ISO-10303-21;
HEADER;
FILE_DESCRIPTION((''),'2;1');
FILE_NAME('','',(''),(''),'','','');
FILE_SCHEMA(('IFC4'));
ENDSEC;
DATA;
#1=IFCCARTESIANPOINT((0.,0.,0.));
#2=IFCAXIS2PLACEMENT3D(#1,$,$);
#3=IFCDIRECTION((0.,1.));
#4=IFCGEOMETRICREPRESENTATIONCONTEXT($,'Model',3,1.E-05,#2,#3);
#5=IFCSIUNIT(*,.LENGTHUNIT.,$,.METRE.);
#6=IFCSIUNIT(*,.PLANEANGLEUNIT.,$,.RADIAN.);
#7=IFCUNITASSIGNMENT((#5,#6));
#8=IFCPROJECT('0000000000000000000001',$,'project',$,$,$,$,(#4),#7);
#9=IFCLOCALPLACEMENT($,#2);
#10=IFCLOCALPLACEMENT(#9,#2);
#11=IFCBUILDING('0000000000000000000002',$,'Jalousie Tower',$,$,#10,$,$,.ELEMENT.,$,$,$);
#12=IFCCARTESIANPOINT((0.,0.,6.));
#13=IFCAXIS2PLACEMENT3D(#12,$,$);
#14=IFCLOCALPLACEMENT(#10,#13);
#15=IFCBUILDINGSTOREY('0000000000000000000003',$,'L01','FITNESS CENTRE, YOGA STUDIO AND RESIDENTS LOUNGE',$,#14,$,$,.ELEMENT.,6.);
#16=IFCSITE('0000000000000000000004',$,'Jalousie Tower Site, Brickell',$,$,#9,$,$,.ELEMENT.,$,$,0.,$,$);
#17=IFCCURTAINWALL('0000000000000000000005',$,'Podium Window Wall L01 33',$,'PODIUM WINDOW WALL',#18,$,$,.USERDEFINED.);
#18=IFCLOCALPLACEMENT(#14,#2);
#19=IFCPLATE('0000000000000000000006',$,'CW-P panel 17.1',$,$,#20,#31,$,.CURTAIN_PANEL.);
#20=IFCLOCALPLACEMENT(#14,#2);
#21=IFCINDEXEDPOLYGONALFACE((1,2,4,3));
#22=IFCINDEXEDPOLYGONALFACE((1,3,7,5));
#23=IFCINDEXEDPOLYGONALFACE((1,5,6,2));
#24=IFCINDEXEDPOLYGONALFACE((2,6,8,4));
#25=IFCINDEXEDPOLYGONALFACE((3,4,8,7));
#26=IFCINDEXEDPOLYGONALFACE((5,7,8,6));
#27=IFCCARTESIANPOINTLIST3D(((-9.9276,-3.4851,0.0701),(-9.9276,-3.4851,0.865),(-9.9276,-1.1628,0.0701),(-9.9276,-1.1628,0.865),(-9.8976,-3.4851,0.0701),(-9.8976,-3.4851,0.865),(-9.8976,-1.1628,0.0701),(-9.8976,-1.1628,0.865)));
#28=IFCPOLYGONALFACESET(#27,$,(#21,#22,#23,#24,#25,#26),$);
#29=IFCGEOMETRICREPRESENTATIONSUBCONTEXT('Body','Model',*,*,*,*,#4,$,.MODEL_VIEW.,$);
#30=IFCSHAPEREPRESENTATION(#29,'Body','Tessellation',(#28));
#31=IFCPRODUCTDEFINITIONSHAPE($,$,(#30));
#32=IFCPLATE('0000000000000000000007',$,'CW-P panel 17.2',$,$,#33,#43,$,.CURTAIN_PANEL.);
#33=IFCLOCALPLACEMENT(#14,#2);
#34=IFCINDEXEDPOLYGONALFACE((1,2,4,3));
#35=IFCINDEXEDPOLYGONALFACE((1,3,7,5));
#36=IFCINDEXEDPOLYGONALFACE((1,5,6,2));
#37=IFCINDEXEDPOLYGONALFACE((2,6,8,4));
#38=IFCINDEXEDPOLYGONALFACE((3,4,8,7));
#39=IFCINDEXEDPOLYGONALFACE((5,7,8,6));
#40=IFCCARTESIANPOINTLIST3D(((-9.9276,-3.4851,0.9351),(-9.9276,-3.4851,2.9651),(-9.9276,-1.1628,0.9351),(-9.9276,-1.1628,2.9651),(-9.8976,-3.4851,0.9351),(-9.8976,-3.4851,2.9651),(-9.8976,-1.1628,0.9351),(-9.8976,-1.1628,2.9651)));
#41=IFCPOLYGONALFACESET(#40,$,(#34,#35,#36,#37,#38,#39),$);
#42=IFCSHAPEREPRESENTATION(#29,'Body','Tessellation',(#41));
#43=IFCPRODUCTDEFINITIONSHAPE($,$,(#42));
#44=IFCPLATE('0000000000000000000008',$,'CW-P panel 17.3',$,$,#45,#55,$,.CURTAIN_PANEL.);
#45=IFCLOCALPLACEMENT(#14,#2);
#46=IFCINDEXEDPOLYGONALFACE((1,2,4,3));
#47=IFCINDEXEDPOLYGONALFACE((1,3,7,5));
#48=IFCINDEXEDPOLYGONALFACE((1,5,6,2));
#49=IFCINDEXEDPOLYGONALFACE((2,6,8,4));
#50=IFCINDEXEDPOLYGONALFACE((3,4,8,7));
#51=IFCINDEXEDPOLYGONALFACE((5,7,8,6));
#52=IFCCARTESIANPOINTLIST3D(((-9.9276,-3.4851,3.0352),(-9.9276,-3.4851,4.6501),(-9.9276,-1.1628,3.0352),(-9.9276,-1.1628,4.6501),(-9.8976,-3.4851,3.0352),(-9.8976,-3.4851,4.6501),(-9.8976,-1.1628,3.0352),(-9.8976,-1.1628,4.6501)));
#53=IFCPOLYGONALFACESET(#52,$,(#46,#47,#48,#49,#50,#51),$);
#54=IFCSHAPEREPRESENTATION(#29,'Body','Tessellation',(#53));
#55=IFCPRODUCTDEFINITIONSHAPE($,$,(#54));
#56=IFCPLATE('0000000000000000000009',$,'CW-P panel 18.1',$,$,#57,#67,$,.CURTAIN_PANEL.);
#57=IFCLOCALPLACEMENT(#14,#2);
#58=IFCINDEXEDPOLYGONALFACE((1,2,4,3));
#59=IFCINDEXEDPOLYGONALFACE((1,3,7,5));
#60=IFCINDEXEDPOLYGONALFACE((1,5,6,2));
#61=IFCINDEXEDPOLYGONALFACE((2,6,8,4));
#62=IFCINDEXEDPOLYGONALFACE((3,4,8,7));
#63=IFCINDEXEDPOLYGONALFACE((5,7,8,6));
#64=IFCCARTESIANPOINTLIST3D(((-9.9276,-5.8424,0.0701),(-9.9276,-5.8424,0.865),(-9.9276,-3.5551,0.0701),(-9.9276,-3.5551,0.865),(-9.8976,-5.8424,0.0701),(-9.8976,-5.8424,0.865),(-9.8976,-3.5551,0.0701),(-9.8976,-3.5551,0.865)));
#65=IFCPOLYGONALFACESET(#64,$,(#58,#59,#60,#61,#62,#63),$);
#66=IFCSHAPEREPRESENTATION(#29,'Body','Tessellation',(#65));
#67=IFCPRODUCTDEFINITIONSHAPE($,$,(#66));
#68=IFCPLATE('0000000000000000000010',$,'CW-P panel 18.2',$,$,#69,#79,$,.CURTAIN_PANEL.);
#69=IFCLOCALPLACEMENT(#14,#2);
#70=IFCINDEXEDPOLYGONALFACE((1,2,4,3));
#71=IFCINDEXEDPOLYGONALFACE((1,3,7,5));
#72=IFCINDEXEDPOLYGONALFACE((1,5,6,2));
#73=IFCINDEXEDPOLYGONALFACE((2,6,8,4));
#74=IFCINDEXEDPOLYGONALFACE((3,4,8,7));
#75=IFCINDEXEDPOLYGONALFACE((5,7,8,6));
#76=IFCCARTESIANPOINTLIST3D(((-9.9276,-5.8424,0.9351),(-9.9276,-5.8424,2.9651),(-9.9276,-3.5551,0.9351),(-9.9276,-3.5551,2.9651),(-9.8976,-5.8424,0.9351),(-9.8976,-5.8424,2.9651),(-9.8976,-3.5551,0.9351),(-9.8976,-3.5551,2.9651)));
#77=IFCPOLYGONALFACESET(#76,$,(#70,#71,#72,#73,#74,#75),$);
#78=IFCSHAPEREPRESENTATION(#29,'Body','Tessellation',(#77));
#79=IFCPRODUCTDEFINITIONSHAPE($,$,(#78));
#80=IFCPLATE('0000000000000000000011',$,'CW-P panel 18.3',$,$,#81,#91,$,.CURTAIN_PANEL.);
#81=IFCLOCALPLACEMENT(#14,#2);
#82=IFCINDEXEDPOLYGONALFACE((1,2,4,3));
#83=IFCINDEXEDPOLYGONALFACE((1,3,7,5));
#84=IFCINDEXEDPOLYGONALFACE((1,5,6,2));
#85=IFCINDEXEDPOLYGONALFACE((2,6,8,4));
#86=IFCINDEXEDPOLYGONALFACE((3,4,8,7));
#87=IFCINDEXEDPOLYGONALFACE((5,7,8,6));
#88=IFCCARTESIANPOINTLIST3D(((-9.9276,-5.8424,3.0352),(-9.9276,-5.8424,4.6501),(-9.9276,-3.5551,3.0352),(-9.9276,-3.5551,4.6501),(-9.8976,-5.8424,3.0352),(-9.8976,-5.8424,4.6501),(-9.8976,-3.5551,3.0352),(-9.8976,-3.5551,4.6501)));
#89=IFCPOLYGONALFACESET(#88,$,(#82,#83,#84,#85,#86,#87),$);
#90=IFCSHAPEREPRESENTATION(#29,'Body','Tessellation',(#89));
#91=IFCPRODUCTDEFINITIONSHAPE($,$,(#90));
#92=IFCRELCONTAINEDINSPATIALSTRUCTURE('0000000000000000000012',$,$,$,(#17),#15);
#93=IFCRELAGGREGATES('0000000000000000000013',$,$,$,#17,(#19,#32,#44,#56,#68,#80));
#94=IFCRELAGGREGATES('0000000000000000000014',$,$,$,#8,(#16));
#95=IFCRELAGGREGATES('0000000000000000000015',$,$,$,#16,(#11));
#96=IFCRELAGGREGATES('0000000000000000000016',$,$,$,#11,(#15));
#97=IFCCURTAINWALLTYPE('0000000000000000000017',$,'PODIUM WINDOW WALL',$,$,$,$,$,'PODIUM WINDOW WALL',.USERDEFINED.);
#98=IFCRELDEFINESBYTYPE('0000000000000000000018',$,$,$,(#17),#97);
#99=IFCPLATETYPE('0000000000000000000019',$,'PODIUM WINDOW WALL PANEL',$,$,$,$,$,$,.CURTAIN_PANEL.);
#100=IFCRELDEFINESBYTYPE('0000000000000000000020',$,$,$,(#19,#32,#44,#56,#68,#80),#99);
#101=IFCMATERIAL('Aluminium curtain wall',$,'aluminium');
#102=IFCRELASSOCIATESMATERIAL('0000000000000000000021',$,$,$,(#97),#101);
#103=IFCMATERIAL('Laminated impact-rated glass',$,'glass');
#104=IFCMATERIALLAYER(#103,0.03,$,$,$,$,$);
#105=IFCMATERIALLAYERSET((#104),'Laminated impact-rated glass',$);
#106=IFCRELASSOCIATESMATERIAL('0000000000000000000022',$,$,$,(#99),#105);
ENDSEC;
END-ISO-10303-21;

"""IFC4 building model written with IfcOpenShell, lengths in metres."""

from ifc_helpers import new_model, si_unit, direction, frame, origin, origin_2d, place, context, subcontext, project, spatial, rectangle, extrude, material, layer, layer_set, type_object, element, aggregate, save


model = new_model("IFC4")

# Units and contexts
model_context = context("Model", 3, precision=1e-05, world=origin(), true_north=direction((0.0, 1.0)))
body_context = subcontext(model_context, "Body", "Model", "MODEL_VIEW")
ifc_project = project(units=[si_unit("LENGTHUNIT", "METRE"), si_unit("PLANEANGLEUNIT", "RADIAN")], contexts=[model_context])

# Site, building, storey
site_placement = place(None, origin())
site = spatial("IfcSite", under=ifc_project, at=site_placement, Name="Jalousie Tower Site, Brickell", CompositionType="ELEMENT", RefElevation=0.0)
building_placement = place(site_placement, origin())
building = spatial("IfcBuilding", under=site, at=building_placement, Name="Jalousie Tower", CompositionType="ELEMENT")
storey_placement = place(building_placement, frame((0.0, 0.0, 6.0)))
storey = spatial("IfcBuildingStorey", under=building, at=storey_placement, Name="L01", Description="FITNESS CENTRE, YOGA STUDIO AND RESIDENTS LOUNGE", CompositionType="ELEMENT", Elevation=6.0)

# Curtain wall
ifc_material_1 = material(Name="Aluminium curtain wall", Category="aluminium")
curtain_wall_type = type_object("IfcCurtainWallType", Name="PODIUM WINDOW WALL", ElementType="PODIUM WINDOW WALL", PredefinedType="USERDEFINED", material=ifc_material_1)
curtain_wall_1_placement = place(storey_placement, origin())
curtain_wall_1 = element("IfcCurtainWall", 1, at=curtain_wall_1_placement, inside=storey, type_object=curtain_wall_type, Name="Podium Window Wall L01 33", ObjectType="PODIUM WINDOW WALL", PredefinedType="USERDEFINED")

# Plates
ifc_material_2 = material(Name="Laminated impact-rated glass", Category="glass")
ifc_layer = layer(ifc_material_2, 0.03)
ifc_layer_set = layer_set([ifc_layer], Name="Laminated impact-rated glass")
plate_type = type_object("IfcPlateType", Name="PODIUM WINDOW WALL PANEL", PredefinedType="CURTAIN_PANEL", material=ifc_layer_set)
plate_1_placement = place(storey_placement, frame((-9.9126, -2.324, 0.0701), z_axis=(0.0, 0.0, 1.0), x_axis=(0.0, -1.0, 0.0)))
plate_1 = element("IfcPlate", 2, at=plate_1_placement, type_object=plate_type, Name="CW-P panel 17.1", PredefinedType="CURTAIN_PANEL", context=body_context, shape_type="SweptSolid", body=[
    extrude(rectangle(XDim=2.3223, YDim=0.03, at=origin_2d()), origin(), (0.0, 0.0, 1.0), 0.7949),
])
plate_2_placement = place(storey_placement, frame((-9.9126, -2.324, 0.9351), z_axis=(0.0, 0.0, 1.0), x_axis=(0.0, -1.0, 0.0)))
plate_2 = element("IfcPlate", 3, at=plate_2_placement, type_object=plate_type, Name="CW-P panel 17.2", PredefinedType="CURTAIN_PANEL", context=body_context, shape_type="SweptSolid", body=[
    extrude(rectangle(XDim=2.3223, YDim=0.03, at=origin_2d()), origin(), (0.0, 0.0, 1.0), 2.03),
])
plate_3_placement = place(storey_placement, frame((-9.9126, -2.324, 3.0352), z_axis=(0.0, 0.0, 1.0), x_axis=(0.0, -1.0, 0.0)))
plate_3 = element("IfcPlate", 4, at=plate_3_placement, type_object=plate_type, Name="CW-P panel 17.3", PredefinedType="CURTAIN_PANEL", context=body_context, shape_type="SweptSolid", body=[
    extrude(rectangle(XDim=2.3223, YDim=0.03, at=origin_2d()), origin(), (0.0, 0.0, 1.0), 1.615),
])
plate_4_placement = place(storey_placement, frame((-9.9126, -4.6987, 0.0701), z_axis=(0.0, 0.0, 1.0), x_axis=(0.0, -1.0, 0.0)))
plate_4 = element("IfcPlate", 5, at=plate_4_placement, type_object=plate_type, Name="CW-P panel 18.1", PredefinedType="CURTAIN_PANEL", context=body_context, shape_type="SweptSolid", body=[
    extrude(rectangle(XDim=2.2874, YDim=0.03, at=origin_2d()), origin(), (0.0, 0.0, 1.0), 0.7949),
])
plate_5_placement = place(storey_placement, frame((-9.9126, -4.6987, 0.9351), z_axis=(0.0, 0.0, 1.0), x_axis=(0.0, -1.0, 0.0)))
plate_5 = element("IfcPlate", 6, at=plate_5_placement, type_object=plate_type, Name="CW-P panel 18.2", PredefinedType="CURTAIN_PANEL", context=body_context, shape_type="SweptSolid", body=[
    extrude(rectangle(XDim=2.2874, YDim=0.03, at=origin_2d()), origin(), (0.0, 0.0, 1.0), 2.03),
])
plate_6_placement = place(storey_placement, frame((-9.9126, -4.6987, 3.0352), z_axis=(0.0, 0.0, 1.0), x_axis=(0.0, -1.0, 0.0)))
plate_6 = element("IfcPlate", 7, at=plate_6_placement, type_object=plate_type, Name="CW-P panel 18.3", PredefinedType="CURTAIN_PANEL", context=body_context, shape_type="SweptSolid", body=[
    extrude(rectangle(XDim=2.2874, YDim=0.03, at=origin_2d()), origin(), (0.0, 0.0, 1.0), 1.615),
])
aggregate(curtain_wall_1, [plate_1, plate_2, plate_3, plate_4, plate_5, plate_6])

save(model, "model.ifc")
